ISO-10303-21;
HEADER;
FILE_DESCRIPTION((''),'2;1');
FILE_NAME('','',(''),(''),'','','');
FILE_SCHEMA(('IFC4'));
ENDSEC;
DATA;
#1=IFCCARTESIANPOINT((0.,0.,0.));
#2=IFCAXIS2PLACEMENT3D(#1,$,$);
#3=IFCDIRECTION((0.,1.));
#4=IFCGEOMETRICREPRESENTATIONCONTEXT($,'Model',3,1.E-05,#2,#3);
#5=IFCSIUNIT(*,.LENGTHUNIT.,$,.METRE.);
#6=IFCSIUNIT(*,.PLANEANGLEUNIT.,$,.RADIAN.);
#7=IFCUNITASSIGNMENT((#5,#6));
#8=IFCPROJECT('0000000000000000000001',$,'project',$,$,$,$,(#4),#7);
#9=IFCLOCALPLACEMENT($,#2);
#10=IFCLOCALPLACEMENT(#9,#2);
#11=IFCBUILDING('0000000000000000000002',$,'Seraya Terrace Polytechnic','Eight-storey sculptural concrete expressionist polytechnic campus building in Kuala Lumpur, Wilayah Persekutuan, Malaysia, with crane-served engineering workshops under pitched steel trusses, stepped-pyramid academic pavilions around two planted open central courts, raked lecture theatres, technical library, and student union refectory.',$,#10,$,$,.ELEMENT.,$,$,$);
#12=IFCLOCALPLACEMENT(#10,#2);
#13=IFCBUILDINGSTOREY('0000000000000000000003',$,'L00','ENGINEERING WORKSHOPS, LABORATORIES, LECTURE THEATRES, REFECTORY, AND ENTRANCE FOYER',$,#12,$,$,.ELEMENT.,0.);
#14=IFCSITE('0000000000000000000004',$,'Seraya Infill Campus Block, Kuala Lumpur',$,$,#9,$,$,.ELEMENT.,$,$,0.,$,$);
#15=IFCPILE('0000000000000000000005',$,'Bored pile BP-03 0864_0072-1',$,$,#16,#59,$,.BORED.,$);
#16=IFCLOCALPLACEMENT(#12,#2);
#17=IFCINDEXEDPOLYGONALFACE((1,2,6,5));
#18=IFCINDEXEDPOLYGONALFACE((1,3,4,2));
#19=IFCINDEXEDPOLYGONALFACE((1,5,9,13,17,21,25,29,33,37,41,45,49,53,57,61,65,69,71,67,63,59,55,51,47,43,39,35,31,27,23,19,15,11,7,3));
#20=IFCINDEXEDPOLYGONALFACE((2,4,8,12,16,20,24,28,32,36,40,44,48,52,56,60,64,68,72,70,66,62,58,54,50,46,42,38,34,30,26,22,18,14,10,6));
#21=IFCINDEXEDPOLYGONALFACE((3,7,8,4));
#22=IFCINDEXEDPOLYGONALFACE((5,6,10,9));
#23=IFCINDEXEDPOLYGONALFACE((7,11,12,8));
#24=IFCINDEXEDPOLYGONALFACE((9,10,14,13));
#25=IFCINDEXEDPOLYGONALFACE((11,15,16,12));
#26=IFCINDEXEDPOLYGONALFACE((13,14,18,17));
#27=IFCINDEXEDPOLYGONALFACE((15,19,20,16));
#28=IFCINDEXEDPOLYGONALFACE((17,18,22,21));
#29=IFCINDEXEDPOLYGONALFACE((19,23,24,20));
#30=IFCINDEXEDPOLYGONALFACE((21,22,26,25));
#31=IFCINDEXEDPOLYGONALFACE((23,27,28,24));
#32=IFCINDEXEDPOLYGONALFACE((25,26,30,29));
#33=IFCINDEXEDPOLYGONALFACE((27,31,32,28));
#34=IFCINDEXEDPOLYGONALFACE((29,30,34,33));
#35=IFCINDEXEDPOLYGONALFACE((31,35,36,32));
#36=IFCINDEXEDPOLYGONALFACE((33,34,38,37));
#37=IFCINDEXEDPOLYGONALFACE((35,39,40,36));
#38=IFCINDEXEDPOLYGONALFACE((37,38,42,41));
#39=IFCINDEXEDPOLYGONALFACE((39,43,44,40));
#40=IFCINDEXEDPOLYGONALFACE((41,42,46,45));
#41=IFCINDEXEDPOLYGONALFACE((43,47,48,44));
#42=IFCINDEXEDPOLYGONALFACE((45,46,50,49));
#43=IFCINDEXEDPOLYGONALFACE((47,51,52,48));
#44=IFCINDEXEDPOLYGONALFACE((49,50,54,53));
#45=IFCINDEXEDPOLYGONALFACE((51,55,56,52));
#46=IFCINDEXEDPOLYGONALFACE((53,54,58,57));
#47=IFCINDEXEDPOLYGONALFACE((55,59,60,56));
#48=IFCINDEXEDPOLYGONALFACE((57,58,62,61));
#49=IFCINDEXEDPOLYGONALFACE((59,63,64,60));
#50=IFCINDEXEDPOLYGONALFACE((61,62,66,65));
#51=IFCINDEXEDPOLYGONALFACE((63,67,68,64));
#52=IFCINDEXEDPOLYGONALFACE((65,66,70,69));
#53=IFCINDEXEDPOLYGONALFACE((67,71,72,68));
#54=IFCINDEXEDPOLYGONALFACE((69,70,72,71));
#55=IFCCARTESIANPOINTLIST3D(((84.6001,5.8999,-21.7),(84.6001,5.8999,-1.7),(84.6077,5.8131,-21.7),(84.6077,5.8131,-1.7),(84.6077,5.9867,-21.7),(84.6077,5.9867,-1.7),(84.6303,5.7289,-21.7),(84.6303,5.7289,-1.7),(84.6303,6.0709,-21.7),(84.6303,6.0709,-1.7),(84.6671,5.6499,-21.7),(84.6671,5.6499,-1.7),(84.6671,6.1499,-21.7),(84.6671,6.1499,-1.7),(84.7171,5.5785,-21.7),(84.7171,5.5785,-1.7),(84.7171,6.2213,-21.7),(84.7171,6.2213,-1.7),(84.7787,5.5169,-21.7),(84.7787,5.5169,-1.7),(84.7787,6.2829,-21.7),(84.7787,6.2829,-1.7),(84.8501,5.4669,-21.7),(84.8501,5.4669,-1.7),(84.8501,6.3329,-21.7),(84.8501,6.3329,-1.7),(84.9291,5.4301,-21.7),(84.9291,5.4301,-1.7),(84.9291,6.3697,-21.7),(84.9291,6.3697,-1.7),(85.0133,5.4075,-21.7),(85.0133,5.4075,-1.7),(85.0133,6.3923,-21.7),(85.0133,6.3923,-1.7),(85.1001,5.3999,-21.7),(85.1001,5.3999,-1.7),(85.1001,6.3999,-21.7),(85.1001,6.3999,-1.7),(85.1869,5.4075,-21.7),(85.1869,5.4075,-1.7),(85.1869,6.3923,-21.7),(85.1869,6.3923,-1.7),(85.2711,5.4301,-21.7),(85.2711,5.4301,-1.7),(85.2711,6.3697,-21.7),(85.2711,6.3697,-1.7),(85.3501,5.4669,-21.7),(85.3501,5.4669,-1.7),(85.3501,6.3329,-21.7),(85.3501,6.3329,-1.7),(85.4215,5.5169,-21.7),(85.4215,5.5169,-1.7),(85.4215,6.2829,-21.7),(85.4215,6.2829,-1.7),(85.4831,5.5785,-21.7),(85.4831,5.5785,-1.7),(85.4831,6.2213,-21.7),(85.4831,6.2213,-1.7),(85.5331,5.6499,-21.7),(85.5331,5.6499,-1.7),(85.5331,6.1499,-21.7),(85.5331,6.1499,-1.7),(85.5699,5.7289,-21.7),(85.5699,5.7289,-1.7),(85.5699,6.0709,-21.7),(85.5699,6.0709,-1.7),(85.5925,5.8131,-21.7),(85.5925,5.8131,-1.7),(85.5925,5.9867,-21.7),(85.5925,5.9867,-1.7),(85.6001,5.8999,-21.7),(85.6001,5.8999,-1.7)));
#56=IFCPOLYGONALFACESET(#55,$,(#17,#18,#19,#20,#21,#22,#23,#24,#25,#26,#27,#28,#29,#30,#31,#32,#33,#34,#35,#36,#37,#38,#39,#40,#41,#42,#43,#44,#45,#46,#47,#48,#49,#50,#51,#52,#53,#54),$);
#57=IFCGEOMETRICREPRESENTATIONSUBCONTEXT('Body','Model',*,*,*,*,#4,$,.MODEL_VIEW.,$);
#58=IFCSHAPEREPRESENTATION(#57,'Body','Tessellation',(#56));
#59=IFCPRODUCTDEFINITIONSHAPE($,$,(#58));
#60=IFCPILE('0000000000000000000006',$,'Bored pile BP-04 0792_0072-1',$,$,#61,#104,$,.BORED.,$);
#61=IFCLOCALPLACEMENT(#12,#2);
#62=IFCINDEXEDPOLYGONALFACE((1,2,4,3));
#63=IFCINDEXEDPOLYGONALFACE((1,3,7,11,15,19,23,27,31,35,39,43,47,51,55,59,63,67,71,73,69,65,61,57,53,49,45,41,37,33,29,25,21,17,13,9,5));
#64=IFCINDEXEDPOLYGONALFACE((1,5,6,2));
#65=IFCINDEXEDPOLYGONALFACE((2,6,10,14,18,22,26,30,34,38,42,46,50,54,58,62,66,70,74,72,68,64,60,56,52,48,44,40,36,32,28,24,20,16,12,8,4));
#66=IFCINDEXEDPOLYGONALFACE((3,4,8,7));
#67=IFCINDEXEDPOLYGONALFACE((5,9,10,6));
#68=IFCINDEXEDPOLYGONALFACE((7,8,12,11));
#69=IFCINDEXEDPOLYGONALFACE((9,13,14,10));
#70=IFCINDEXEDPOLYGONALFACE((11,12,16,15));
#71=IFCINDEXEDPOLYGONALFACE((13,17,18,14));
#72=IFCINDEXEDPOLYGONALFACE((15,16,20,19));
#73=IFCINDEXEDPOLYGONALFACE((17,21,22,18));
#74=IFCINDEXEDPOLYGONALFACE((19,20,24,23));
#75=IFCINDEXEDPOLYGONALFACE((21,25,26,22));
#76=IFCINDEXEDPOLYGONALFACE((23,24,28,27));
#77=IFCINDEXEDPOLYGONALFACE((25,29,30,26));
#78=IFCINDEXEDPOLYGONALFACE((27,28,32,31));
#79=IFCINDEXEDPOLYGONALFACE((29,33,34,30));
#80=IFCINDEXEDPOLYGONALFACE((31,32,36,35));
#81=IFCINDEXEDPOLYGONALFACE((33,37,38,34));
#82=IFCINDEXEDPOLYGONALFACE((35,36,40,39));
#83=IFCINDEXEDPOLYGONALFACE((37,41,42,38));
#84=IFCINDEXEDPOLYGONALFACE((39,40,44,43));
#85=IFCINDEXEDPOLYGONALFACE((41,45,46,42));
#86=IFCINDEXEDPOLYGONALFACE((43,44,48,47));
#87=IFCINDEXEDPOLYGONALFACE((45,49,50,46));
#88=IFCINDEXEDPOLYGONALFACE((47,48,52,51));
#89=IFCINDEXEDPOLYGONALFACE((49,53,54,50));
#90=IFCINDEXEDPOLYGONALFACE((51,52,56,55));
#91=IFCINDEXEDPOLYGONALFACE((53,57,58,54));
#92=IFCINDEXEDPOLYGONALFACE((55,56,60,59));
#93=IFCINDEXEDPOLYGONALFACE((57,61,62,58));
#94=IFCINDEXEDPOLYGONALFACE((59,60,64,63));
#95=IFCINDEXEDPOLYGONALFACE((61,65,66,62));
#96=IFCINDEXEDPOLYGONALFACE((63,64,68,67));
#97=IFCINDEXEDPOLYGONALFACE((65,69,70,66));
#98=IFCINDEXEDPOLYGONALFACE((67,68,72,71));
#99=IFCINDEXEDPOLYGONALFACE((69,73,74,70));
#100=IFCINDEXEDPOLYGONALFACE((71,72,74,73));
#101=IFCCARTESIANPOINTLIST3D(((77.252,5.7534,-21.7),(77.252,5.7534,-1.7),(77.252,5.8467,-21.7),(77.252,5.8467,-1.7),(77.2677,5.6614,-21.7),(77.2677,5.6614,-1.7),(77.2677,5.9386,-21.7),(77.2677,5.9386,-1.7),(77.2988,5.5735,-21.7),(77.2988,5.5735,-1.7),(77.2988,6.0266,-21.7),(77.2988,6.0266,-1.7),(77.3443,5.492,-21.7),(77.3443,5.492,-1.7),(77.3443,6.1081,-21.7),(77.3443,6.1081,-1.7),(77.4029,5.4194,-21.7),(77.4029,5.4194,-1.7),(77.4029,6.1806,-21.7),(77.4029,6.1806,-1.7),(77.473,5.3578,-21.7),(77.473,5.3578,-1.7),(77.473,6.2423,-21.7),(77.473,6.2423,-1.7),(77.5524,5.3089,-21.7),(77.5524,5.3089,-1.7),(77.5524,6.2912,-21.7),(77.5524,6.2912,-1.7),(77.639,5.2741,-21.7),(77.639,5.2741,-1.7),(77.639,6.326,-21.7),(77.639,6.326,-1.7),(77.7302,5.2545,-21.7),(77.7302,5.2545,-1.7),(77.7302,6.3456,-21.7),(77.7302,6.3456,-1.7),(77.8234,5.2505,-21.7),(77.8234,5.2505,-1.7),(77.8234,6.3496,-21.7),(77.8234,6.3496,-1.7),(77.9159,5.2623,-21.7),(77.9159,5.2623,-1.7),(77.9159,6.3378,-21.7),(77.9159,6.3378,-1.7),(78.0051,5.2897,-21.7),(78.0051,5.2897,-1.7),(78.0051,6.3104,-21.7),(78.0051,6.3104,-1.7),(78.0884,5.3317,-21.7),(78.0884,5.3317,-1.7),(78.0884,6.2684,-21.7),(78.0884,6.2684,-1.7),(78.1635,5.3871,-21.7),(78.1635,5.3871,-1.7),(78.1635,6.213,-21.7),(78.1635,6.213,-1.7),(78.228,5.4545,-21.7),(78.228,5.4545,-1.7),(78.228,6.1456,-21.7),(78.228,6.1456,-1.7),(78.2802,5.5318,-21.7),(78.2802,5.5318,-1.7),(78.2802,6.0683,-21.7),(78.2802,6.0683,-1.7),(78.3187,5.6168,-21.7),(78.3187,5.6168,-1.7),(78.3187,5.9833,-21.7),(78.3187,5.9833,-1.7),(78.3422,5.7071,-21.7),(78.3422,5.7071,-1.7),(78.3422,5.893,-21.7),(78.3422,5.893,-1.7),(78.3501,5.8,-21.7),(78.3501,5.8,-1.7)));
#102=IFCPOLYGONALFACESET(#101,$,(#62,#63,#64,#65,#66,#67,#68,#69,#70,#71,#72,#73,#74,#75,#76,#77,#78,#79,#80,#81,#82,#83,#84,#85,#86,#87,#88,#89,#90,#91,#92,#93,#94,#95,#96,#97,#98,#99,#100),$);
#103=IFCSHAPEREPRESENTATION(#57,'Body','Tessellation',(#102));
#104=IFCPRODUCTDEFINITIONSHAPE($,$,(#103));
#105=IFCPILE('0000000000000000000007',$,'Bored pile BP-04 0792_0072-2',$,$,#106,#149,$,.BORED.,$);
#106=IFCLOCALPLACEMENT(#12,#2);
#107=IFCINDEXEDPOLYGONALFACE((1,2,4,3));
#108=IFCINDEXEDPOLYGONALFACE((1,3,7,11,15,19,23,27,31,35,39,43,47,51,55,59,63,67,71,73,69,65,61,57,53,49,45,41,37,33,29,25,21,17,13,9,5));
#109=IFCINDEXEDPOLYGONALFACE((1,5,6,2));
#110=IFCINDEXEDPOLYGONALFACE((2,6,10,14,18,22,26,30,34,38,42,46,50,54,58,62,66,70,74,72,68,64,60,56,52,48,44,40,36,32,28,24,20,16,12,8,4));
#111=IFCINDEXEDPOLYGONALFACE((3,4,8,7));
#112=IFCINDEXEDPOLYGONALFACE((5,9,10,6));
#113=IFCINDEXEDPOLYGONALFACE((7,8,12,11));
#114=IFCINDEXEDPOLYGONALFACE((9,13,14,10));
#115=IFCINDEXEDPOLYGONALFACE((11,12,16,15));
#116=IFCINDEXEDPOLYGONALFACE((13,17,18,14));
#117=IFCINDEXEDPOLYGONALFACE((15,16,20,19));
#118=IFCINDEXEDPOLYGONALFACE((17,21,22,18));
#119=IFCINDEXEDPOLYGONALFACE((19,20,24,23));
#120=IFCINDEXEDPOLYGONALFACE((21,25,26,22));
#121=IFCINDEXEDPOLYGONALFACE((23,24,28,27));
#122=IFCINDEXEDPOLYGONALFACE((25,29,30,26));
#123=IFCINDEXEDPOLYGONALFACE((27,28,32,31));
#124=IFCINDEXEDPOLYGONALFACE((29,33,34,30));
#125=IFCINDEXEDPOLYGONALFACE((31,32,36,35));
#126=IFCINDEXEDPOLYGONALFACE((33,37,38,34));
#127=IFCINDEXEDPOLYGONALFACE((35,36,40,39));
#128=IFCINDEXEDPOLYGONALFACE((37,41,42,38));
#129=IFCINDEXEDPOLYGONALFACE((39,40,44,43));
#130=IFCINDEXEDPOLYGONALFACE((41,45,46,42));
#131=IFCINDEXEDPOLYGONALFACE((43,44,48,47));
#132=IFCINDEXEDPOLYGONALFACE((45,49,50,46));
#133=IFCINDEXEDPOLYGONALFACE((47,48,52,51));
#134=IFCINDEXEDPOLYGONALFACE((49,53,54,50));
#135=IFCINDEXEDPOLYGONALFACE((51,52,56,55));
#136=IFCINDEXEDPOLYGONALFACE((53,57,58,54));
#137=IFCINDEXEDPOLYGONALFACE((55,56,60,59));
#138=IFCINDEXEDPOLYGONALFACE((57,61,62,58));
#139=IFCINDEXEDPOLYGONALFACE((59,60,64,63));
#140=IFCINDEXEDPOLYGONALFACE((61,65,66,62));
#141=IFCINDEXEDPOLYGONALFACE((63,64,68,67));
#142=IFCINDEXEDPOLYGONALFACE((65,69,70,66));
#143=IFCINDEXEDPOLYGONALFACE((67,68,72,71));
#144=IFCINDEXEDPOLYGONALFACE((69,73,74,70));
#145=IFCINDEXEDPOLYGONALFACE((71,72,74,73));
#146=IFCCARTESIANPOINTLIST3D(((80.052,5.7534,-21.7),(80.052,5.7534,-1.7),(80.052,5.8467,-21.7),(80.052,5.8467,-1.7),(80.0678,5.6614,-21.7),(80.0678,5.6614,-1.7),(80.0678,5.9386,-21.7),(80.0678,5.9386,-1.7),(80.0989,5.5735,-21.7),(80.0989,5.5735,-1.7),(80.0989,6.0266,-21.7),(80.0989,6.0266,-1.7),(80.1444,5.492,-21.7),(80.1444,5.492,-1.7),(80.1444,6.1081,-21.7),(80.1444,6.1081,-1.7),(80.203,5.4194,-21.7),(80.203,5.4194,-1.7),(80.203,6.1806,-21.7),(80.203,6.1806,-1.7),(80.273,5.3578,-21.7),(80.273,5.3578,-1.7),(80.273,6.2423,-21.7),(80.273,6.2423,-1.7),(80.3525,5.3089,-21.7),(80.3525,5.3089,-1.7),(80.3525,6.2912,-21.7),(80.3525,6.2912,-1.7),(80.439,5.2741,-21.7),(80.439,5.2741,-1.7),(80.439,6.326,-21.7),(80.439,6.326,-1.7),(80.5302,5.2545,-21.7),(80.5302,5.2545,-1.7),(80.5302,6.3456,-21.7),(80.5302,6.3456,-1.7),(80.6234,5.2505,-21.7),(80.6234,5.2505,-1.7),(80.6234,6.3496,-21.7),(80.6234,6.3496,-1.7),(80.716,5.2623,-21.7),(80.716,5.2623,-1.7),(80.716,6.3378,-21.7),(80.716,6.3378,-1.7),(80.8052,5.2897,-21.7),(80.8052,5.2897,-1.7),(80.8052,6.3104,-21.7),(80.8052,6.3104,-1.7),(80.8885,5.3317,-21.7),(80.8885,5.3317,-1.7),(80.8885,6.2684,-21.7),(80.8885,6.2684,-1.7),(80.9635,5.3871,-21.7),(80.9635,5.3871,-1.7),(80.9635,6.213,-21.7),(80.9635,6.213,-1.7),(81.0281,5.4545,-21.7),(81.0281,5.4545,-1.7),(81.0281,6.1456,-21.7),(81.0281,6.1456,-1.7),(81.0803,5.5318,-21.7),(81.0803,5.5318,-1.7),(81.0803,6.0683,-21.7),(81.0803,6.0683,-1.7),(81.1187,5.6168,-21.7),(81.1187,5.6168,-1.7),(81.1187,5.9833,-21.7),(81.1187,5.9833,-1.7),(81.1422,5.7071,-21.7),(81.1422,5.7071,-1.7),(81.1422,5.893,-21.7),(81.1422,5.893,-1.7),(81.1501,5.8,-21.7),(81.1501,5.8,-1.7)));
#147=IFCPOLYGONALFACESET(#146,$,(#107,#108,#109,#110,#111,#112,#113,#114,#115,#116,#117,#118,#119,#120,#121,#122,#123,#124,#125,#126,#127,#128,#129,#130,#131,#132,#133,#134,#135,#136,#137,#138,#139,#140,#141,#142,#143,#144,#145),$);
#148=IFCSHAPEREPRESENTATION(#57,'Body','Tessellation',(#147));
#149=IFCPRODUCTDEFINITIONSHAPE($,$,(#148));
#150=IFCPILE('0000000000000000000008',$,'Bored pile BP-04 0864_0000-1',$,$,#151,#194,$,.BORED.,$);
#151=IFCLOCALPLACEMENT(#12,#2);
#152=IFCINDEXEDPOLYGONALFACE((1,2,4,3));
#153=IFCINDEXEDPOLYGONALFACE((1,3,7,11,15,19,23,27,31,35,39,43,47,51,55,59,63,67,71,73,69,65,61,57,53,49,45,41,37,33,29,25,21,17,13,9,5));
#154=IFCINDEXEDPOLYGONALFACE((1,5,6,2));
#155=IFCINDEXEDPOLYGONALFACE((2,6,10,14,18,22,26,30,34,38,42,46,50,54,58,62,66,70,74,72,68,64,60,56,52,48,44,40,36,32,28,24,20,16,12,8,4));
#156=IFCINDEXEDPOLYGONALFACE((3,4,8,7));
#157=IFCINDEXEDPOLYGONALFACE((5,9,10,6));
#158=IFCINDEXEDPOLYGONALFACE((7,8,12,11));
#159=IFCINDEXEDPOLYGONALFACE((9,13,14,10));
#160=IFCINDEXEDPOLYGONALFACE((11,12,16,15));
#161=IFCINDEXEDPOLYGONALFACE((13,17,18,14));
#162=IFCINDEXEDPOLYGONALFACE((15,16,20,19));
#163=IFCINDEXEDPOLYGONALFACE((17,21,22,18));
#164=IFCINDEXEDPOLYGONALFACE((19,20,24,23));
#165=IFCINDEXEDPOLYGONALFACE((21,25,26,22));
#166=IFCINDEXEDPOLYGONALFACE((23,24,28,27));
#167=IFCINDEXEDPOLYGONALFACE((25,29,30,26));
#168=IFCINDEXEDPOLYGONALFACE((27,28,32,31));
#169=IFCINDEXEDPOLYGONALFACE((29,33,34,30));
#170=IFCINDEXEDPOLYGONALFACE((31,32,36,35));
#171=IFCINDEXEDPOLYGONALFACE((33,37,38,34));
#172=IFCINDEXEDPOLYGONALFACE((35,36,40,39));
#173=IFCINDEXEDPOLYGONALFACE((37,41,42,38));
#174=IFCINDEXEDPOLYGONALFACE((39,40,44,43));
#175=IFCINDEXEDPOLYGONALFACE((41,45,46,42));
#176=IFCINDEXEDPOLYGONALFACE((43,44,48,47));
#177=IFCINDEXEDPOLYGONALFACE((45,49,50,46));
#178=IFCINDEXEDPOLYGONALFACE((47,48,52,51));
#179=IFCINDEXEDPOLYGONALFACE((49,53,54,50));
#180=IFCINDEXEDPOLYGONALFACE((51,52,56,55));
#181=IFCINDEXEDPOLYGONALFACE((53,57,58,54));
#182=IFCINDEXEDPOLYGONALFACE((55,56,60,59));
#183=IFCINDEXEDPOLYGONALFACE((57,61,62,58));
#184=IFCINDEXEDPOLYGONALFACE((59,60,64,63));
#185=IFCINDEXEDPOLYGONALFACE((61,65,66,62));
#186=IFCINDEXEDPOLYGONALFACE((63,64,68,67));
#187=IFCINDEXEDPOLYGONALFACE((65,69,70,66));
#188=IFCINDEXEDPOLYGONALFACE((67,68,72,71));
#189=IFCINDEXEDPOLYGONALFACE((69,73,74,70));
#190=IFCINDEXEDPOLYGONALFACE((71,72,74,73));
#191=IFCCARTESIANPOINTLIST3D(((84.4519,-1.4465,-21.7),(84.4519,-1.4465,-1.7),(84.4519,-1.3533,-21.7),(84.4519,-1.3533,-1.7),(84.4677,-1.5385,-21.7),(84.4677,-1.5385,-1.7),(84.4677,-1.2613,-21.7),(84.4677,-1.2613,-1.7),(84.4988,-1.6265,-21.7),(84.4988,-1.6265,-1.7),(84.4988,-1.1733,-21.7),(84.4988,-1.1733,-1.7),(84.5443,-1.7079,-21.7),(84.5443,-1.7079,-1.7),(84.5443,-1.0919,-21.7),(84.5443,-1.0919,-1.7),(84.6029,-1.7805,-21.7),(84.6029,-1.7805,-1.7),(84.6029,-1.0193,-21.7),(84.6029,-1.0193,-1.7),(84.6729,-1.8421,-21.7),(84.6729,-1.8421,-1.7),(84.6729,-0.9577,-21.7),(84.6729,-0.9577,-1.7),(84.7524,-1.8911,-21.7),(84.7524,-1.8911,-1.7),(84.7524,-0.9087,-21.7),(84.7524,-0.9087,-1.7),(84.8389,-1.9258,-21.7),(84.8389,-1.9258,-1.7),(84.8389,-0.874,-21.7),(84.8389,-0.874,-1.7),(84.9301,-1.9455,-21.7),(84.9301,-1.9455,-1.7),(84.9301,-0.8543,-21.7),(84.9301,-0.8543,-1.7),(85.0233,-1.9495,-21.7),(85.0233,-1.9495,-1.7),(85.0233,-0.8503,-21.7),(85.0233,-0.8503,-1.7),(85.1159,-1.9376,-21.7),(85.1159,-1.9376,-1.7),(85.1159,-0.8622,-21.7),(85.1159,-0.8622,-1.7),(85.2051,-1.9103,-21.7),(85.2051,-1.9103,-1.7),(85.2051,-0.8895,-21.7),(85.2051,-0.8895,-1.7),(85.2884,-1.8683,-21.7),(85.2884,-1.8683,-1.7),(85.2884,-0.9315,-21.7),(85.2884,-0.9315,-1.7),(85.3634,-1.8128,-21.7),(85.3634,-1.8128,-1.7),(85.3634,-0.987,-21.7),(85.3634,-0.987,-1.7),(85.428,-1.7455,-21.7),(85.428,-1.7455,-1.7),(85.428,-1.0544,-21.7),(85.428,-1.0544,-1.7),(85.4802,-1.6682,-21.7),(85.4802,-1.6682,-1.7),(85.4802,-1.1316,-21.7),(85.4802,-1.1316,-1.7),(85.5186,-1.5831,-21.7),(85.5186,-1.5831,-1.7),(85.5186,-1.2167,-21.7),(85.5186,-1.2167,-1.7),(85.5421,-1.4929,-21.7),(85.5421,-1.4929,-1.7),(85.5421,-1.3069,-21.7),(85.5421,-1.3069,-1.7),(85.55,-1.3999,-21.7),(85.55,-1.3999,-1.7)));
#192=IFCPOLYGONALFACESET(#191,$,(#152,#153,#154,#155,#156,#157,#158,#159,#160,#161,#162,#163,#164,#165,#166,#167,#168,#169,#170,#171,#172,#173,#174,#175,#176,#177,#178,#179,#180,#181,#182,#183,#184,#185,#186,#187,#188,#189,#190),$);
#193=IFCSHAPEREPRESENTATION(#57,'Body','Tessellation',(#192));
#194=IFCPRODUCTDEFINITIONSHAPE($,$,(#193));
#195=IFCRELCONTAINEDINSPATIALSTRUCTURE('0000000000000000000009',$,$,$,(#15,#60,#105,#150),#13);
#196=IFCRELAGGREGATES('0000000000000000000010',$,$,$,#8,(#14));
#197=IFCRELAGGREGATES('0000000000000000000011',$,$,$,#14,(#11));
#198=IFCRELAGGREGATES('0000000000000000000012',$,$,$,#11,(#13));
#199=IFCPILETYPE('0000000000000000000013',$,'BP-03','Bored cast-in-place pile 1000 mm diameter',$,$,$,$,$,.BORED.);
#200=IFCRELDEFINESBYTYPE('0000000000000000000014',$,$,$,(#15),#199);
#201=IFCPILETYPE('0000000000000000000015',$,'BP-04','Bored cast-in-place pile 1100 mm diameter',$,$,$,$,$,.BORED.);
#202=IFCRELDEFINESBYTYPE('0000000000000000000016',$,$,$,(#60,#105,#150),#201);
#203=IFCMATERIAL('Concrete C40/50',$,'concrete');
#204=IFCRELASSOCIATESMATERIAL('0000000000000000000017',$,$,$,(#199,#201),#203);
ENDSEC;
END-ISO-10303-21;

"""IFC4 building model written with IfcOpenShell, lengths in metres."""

from ifc_helpers import new_model, si_unit, direction, frame, origin, origin_2d, place, context, subcontext, project, spatial, circle, extrude, material, material_profile, profile_set, type_object, element, save


model = new_model("IFC4")

# Units and contexts
model_context = context("Model", 3, precision=1e-05, world=origin(), true_north=direction((0.0, 1.0)))
body_context = subcontext(model_context, "Body", "Model", "MODEL_VIEW")
ifc_project = project(units=[si_unit("LENGTHUNIT", "METRE"), si_unit("PLANEANGLEUNIT", "RADIAN")], contexts=[model_context])

# Site, building, storey
site_placement = place(None, origin())
site = spatial("IfcSite", under=ifc_project, at=site_placement, Name="Seraya Infill Campus Block, Kuala Lumpur", CompositionType="ELEMENT", RefElevation=0.0)
building_placement = place(site_placement, origin())
building = spatial("IfcBuilding", under=site, at=building_placement, Name="Seraya Terrace Polytechnic", Description="Eight-storey sculptural concrete expressionist polytechnic campus building in Kuala Lumpur, Wilayah Persekutuan, Malaysia, with crane-served engineering workshops under pitched steel trusses, stepped-pyramid academic pavilions around two planted open central courts, raked lecture theatres, technical library, and student union refectory.", CompositionType="ELEMENT")
storey_placement = place(building_placement, origin())
storey = spatial("IfcBuildingStorey", under=building, at=storey_placement, Name="L00", Description="ENGINEERING WORKSHOPS, LABORATORIES, LECTURE THEATRES, REFECTORY, AND ENTRANCE FOYER", CompositionType="ELEMENT", Elevation=0.0)

# Piles
ifc_material_1 = material(Name="Concrete C40/50", Category="concrete")
ifc_material_profile_1 = material_profile(ifc_material_1, circle(Radius=0.5, at=origin_2d()), Name="DIA 1000")
ifc_profile_set_1 = profile_set([ifc_material_profile_1], Name="Concrete C40/50")
pile_type_1 = type_object("IfcPileType", Name="BP-03", Description="Bored cast-in-place pile 1000 mm diameter", PredefinedType="BORED", material=ifc_profile_set_1)
for number, where, z_axis, x_axis, name in (
    (1, (85.1001, 5.8999, -1.7), (0.0, 0.0, -1.0), (1.0, 0.0, 0.0), "Bored pile BP-03 0864_0072-1"),
):
    element("IfcPile", number, at=place(storey_placement, frame(where, z_axis=z_axis, x_axis=x_axis)), inside=storey, type_object=pile_type_1, Name=name, PredefinedType="BORED", context=body_context, shape_type="SweptSolid", body=[
        extrude(circle(Radius=0.5, at=origin_2d()), origin(), (0.0, 0.0, 1.0), 20.0),
    ])
ifc_material_profile_2 = material_profile(ifc_material_1, circle(Radius=0.55, at=origin_2d()), Name="DIA 1100")
ifc_profile_set_2 = profile_set([ifc_material_profile_2], Name="Concrete C40/50")
pile_type_2 = type_object("IfcPileType", Name="BP-04", Description="Bored cast-in-place pile 1100 mm diameter", PredefinedType="BORED", material=ifc_profile_set_2)
for number, where, z_axis, x_axis, name in (
    (2, (77.8, 5.8, -1.7), (0.0, 0.0, -1.0), (1.0, 0.0, 0.0), "Bored pile BP-04 0792_0072-1"),
    (3, (80.6001, 5.8, -1.7), (0.0, 0.0, -1.0), (1.0, 0.0, 0.0), "Bored pile BP-04 0792_0072-2"),
    (4, (85.0, -1.3999, -1.7), (0.0, 0.0, -1.0), (1.0, 0.0, 0.0), "Bored pile BP-04 0864_0000-1"),
):
    element("IfcPile", number, at=place(storey_placement, frame(where, z_axis=z_axis, x_axis=x_axis)), inside=storey, type_object=pile_type_2, Name=name, PredefinedType="BORED", context=body_context, shape_type="SweptSolid", body=[
        extrude(circle(Radius=0.55, at=origin_2d()), origin(), (0.0, 0.0, 1.0), 20.0),
    ])

save(model, "model.ifc")
